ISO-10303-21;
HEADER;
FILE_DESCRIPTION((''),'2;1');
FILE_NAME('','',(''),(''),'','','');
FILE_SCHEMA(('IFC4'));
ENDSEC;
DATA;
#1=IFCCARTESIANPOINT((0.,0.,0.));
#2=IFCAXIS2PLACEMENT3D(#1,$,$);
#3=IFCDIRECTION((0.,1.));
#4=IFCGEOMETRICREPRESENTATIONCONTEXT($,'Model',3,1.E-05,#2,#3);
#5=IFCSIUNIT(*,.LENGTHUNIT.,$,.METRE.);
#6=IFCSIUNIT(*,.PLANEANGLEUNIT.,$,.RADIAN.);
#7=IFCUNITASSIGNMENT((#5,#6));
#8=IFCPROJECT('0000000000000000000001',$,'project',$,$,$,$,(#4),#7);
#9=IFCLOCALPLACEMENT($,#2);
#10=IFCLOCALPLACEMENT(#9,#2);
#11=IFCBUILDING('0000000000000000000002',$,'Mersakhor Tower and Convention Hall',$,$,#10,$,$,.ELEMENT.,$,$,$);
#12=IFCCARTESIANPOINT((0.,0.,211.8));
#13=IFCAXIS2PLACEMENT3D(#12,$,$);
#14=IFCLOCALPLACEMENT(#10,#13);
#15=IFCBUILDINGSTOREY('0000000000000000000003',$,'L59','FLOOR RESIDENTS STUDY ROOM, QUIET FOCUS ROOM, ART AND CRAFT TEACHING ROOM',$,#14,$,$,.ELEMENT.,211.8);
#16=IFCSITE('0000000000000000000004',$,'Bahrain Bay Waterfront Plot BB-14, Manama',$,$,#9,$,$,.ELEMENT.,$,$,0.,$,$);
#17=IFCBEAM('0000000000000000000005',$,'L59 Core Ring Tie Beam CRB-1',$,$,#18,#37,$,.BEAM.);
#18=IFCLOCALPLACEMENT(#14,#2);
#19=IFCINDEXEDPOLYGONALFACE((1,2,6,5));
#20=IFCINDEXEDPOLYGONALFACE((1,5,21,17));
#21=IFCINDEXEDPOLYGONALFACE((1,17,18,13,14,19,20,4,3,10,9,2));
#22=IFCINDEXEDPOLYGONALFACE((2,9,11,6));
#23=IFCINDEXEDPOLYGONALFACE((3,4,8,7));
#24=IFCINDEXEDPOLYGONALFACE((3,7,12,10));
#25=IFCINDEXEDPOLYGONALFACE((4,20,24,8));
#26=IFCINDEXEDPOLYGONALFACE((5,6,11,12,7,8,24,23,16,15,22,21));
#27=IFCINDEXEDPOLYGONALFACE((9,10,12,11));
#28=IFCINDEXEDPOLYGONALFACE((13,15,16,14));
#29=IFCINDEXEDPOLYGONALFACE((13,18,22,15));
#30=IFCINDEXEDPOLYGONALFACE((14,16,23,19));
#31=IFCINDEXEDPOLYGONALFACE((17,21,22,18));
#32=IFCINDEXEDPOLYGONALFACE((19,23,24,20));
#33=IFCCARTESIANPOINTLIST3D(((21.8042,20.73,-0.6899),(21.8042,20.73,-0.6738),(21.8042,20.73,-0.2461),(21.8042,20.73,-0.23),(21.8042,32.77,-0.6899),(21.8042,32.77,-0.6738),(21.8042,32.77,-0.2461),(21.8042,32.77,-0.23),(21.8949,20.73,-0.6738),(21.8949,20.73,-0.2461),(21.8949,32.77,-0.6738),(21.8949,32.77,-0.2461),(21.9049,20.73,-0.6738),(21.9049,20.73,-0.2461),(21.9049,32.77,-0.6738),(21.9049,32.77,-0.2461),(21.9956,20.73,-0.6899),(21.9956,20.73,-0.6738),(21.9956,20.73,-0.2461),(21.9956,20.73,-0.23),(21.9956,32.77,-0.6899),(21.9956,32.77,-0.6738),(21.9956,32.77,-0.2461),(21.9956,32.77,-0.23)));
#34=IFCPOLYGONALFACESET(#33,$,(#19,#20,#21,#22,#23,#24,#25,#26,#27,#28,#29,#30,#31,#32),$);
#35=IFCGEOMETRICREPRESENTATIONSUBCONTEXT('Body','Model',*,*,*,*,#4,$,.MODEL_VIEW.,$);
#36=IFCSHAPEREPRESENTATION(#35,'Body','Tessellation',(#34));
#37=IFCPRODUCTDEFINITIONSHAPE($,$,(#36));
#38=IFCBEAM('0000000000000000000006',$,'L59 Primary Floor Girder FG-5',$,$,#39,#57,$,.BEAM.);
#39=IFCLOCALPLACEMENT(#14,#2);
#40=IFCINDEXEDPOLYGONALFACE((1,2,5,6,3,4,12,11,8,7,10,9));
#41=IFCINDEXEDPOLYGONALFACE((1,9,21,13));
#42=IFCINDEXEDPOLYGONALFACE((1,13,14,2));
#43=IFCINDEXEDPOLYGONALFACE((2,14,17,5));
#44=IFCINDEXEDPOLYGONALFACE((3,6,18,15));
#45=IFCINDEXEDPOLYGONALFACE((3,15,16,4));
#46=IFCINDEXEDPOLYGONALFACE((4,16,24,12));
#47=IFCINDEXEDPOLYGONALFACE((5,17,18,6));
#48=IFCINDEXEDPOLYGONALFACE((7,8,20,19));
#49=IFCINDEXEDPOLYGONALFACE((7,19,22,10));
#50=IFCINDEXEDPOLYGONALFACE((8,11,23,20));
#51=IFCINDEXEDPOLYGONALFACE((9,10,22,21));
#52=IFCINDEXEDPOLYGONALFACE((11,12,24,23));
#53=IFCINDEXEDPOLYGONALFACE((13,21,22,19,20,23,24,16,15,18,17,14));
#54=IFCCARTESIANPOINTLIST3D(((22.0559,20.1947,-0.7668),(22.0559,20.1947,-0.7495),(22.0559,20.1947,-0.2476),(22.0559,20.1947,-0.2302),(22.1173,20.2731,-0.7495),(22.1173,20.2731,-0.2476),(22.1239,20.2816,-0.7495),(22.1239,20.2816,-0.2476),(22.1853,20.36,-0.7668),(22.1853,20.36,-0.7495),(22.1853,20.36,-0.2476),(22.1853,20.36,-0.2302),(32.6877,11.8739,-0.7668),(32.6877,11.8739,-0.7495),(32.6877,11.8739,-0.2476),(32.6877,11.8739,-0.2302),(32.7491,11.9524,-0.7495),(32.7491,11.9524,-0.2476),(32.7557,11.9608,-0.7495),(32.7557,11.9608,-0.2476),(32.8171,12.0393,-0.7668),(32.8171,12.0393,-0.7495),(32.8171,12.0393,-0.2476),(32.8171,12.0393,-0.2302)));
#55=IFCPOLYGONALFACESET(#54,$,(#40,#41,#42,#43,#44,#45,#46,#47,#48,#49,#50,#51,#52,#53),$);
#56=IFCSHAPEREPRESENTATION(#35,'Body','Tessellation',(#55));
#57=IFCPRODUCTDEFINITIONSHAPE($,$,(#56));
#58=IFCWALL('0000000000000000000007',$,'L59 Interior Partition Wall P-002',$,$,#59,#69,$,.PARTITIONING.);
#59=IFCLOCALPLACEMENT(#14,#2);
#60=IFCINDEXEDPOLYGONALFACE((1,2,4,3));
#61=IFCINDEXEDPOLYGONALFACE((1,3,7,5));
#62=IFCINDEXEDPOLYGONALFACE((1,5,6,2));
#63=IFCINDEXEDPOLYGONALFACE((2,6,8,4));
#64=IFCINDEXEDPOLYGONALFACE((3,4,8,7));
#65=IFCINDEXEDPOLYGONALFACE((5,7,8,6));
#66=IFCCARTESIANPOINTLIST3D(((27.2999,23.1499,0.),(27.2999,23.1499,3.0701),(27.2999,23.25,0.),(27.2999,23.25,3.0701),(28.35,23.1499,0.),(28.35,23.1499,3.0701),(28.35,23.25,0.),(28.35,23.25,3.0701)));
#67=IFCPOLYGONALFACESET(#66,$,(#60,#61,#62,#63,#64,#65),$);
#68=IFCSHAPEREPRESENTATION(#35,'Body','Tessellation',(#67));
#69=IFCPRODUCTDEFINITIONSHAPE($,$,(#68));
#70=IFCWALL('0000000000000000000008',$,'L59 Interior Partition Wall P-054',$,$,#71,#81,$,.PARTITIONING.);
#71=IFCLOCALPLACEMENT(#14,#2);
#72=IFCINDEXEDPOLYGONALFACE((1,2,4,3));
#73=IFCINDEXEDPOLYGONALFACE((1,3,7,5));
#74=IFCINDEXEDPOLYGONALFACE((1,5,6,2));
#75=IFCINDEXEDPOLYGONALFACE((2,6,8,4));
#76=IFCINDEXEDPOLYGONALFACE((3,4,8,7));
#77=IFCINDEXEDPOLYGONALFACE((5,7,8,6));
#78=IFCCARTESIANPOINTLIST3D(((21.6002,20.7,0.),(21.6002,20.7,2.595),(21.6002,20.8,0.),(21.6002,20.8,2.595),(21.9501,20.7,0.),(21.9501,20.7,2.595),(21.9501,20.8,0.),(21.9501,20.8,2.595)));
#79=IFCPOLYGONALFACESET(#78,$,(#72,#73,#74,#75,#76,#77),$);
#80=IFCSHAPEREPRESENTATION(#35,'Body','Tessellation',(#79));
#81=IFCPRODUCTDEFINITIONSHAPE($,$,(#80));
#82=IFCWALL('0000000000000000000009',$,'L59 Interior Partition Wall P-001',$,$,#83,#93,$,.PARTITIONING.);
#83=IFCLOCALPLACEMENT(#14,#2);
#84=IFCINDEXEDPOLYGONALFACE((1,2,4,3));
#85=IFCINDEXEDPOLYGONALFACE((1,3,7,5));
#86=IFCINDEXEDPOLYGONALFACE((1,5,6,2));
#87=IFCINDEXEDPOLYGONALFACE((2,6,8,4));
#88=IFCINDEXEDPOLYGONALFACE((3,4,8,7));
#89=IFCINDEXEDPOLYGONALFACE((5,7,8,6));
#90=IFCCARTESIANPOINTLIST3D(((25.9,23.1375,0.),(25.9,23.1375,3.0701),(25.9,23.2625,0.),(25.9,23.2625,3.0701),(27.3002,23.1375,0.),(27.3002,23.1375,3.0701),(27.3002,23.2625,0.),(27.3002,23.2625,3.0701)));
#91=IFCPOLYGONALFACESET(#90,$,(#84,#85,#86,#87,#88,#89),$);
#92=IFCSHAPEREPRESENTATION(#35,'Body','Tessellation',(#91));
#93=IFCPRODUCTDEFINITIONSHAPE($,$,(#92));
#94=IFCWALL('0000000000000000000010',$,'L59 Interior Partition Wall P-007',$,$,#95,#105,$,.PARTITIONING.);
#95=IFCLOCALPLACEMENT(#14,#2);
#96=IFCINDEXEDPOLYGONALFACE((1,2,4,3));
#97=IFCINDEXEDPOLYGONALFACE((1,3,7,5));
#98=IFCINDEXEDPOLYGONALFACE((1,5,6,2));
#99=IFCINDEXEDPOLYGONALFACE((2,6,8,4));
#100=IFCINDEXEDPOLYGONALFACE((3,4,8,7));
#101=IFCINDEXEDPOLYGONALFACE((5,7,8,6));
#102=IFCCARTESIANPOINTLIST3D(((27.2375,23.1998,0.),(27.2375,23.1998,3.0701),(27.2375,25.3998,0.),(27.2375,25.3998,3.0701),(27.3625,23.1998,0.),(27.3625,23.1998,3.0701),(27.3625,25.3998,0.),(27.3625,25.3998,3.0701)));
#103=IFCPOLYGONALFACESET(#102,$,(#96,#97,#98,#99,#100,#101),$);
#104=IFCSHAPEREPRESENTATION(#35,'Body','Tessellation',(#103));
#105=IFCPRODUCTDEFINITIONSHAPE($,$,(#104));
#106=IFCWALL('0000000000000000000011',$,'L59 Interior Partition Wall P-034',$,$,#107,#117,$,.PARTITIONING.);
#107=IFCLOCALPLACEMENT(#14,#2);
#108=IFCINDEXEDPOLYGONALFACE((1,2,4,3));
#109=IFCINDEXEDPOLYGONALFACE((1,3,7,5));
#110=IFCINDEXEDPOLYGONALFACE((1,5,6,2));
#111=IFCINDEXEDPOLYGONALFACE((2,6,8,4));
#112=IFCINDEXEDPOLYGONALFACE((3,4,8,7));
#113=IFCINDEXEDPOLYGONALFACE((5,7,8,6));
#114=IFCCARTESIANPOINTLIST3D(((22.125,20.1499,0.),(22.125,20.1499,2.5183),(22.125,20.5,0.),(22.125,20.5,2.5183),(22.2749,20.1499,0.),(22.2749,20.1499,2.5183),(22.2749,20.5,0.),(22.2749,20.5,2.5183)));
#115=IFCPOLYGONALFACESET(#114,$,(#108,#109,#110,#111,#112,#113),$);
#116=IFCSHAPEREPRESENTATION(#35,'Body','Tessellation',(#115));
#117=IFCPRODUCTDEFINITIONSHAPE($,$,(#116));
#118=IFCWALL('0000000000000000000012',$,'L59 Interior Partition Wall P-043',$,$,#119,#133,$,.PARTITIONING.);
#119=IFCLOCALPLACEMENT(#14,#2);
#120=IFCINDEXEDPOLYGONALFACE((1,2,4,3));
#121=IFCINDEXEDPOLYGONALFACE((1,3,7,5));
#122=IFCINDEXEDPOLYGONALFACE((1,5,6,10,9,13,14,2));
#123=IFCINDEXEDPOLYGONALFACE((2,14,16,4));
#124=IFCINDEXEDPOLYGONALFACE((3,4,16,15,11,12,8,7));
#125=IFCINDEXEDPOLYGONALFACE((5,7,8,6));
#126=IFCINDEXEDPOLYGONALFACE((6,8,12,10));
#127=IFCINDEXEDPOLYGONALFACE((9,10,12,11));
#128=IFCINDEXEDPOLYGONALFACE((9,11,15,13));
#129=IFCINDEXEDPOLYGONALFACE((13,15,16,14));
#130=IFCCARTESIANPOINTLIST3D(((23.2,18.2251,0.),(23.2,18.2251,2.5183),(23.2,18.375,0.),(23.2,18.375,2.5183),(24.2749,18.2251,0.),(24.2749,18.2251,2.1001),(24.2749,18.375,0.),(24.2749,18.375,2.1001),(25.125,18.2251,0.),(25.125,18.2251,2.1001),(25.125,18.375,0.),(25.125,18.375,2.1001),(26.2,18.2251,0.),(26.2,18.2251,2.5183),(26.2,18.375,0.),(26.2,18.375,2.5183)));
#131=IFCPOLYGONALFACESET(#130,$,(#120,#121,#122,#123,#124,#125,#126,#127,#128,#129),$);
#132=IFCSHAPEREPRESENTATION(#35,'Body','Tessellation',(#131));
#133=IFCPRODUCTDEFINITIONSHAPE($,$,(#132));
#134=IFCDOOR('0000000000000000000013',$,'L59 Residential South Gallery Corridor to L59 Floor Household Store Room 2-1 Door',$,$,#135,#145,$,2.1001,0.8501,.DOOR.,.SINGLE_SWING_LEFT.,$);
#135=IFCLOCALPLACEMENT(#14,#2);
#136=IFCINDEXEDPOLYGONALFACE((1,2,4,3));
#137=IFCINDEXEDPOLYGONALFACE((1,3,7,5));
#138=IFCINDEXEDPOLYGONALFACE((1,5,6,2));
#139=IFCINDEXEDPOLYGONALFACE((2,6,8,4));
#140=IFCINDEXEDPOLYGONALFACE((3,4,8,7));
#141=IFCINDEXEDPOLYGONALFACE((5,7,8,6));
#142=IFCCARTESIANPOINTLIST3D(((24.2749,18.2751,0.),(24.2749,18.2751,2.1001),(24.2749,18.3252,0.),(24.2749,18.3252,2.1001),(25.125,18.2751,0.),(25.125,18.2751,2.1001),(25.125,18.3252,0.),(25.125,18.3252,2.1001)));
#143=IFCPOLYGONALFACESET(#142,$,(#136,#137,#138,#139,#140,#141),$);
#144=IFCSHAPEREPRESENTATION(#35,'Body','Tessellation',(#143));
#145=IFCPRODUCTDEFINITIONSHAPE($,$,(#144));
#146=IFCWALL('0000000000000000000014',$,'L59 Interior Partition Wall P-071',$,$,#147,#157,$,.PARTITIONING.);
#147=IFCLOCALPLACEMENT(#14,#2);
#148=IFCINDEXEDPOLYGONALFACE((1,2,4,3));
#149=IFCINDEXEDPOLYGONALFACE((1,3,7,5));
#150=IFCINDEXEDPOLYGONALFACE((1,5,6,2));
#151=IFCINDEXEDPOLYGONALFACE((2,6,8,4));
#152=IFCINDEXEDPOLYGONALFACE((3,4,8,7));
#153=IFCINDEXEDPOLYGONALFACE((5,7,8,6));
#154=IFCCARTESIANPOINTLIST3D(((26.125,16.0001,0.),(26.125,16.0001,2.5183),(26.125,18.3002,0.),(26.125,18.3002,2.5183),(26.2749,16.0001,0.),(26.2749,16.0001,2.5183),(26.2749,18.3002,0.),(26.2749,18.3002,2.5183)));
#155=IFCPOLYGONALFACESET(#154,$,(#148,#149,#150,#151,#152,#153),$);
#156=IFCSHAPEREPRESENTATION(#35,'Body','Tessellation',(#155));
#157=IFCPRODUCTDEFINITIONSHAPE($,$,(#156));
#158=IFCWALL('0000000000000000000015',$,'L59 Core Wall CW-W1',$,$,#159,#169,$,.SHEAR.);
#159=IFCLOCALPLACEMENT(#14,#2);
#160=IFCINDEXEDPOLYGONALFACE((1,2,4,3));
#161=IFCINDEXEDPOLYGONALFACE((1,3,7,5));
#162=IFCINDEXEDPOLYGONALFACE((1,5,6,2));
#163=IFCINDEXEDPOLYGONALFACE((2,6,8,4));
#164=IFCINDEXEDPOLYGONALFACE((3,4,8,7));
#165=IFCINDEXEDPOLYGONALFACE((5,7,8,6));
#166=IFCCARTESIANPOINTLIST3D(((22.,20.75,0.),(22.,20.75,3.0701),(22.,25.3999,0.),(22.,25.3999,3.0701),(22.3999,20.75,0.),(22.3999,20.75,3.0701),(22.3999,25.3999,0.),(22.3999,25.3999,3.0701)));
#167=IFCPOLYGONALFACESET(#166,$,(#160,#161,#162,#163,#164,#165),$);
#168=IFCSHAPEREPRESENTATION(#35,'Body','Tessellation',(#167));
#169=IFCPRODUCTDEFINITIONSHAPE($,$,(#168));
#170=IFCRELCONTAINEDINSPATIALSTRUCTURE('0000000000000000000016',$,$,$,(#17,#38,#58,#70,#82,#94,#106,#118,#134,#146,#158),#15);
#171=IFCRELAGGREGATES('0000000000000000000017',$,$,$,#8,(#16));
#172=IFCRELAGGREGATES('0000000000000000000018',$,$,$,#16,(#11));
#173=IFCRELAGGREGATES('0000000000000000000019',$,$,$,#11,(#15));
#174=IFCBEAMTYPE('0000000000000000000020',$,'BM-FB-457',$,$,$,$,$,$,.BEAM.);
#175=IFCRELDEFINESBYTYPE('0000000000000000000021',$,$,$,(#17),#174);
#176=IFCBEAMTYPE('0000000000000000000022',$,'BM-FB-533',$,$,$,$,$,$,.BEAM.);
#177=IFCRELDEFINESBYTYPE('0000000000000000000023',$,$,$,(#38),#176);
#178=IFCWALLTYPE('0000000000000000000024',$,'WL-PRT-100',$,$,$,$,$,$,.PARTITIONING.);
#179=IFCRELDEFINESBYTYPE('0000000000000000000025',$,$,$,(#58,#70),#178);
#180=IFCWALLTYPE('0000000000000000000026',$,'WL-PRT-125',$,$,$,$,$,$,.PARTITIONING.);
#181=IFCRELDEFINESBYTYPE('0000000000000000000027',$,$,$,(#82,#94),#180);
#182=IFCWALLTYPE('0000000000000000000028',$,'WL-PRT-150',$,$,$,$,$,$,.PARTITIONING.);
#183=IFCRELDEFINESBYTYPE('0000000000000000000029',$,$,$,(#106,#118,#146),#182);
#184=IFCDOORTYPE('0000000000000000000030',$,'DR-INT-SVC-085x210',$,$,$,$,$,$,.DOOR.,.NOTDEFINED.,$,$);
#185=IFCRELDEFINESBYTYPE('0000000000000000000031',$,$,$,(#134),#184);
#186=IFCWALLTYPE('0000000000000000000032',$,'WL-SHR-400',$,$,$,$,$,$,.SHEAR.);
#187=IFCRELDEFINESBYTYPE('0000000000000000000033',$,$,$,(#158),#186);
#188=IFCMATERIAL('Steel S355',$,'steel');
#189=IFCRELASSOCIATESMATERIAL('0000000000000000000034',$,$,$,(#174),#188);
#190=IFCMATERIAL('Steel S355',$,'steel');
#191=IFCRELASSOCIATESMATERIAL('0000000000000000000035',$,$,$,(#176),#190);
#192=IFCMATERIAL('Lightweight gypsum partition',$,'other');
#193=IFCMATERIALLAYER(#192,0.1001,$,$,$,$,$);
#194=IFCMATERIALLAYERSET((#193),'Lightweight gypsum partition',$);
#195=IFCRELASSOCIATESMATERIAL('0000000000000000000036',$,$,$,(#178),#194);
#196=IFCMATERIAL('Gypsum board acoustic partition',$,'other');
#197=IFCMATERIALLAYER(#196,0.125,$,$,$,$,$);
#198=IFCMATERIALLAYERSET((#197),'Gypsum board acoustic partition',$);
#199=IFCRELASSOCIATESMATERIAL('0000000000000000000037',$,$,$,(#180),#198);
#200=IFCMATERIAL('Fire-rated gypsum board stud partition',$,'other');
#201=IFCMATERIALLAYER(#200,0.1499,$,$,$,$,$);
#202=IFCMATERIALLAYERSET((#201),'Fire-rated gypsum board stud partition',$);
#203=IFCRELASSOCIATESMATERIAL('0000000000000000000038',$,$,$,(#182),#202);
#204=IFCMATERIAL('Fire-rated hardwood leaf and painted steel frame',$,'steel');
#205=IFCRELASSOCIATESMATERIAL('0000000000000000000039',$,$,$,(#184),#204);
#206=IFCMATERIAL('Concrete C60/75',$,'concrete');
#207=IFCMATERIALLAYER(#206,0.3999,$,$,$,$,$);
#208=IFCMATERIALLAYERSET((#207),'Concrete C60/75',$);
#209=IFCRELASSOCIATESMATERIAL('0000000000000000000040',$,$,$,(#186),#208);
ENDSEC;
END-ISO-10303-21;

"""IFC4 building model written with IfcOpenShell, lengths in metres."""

from ifc_helpers import new_model, si_unit, direction, frame, frame_2d, origin, origin_2d, place, context, subcontext, project, spatial, rectangle, i_section, extrude, material, layer, layer_set, material_profile, profile_set, type_object, element, fill, save


model = new_model("IFC4")

# Units and contexts
model_context = context("Model", 3, precision=1e-05, world=origin(), true_north=direction((0.0, 1.0)))
body_context = subcontext(model_context, "Body", "Model", "MODEL_VIEW")
ifc_project = project(units=[si_unit("LENGTHUNIT", "METRE"), si_unit("PLANEANGLEUNIT", "RADIAN")], contexts=[model_context])

# Site, building, storey
site_placement = place(None, origin())
site = spatial("IfcSite", under=ifc_project, at=site_placement, Name="Bahrain Bay Waterfront Plot BB-14, Manama", CompositionType="ELEMENT", RefElevation=0.0)
building_placement = place(site_placement, origin())
building = spatial("IfcBuilding", under=site, at=building_placement, Name="Mersakhor Tower and Convention Hall", CompositionType="ELEMENT")
storey_placement = place(building_placement, frame((0.0, 0.0, 211.8)))
storey = spatial("IfcBuildingStorey", under=building, at=storey_placement, Name="L59", Description="FLOOR RESIDENTS STUDY ROOM, QUIET FOCUS ROOM, ART AND CRAFT TEACHING ROOM", CompositionType="ELEMENT", Elevation=211.8)

# Beams
ifc_material_1 = material(Name="Steel S355", Category="steel")
ifc_material_profile_1 = material_profile(ifc_material_1, i_section(OverallWidth=0.1914, OverallDepth=0.46, WebThickness=0.01, FlangeThickness=0.0161, at=origin_2d()), Name="UB 457x191x82")
ifc_profile_set_1 = profile_set([ifc_material_profile_1], Name="Steel S355")
beam_type_1 = type_object("IfcBeamType", Name="BM-FB-457", PredefinedType="BEAM", material=ifc_profile_set_1)
beam_1_placement = place(storey_placement, frame((21.8999, 20.73, -0.46), z_axis=(0.0, 1.0, 0.0), x_axis=(-1.0, 0.0, 0.0)))
element("IfcBeam", 1, at=beam_1_placement, inside=storey, type_object=beam_type_1, Name="L59 Core Ring Tie Beam CRB-1", PredefinedType="BEAM", context=body_context, shape_type="SweptSolid", body=[
    extrude(i_section(OverallWidth=0.1914, OverallDepth=0.46, WebThickness=0.01, FlangeThickness=0.0161, at=origin_2d()), origin(), (0.0, 0.0, 1.0), 12.04),
])
ifc_material_2 = material(Name="Steel S355", Category="steel")
ifc_material_profile_2 = material_profile(ifc_material_2, i_section(OverallWidth=0.21, OverallDepth=0.5366, WebThickness=0.0107, FlangeThickness=0.0173, at=origin_2d()), Name="UB 533x210x101")
ifc_profile_set_2 = profile_set([ifc_material_profile_2], Name="Steel S355")
beam_type_2 = type_object("IfcBeamType", Name="BM-FB-533", PredefinedType="BEAM", material=ifc_profile_set_2)
beam_2_placement = place(storey_placement, frame((22.1206, 20.2773, -0.4985), z_axis=(0.787497, -0.616319, 0.0), x_axis=(0.616319, 0.787497, 0.0)))
element("IfcBeam", 2, at=beam_2_placement, inside=storey, type_object=beam_type_2, Name="L59 Primary Floor Girder FG-5", PredefinedType="BEAM", context=body_context, shape_type="SweptSolid", body=[
    extrude(i_section(OverallWidth=0.21, OverallDepth=0.5366, WebThickness=0.0107, FlangeThickness=0.0173, at=origin_2d()), origin(), (0.0, 0.0, 1.0), 13.5007),
])

# Walls
ifc_material_3 = material(Name="Lightweight gypsum partition", Category="other")
ifc_layer_1 = layer(ifc_material_3, 0.1001)
ifc_layer_set_1 = layer_set([ifc_layer_1], Name="Lightweight gypsum partition")
wall_type_1 = type_object("IfcWallType", Name="WL-PRT-100", PredefinedType="PARTITIONING", material=ifc_layer_set_1)
wall_1_placement = place(storey_placement, frame((27.3, 23.2, 0.0), z_axis=(0.0, 0.0, 1.0), x_axis=(1.0, 0.0, 0.0)))
element("IfcWall", 3, at=wall_1_placement, inside=storey, type_object=wall_type_1, Name="L59 Interior Partition Wall P-002", PredefinedType="PARTITIONING", context=body_context, shape_type="SweptSolid", body=[
    extrude(rectangle(XDim=1.05, YDim=0.1001, at=frame_2d((0.5249, 0.0))), origin(), (0.0, 0.0, 1.0), 3.0701),
])
wall_2_placement = place(storey_placement, frame((21.95, 20.75, 0.0), z_axis=(0.0, 0.0, 1.0), x_axis=(-1.0, 0.0, 0.0)))
element("IfcWall", 4, at=wall_2_placement, inside=storey, type_object=wall_type_1, Name="L59 Interior Partition Wall P-054", PredefinedType="PARTITIONING", context=body_context, shape_type="SweptSolid", body=[
    extrude(rectangle(XDim=0.3499, YDim=0.1001, at=frame_2d((0.1748, 0.0))), origin(), (0.0, 0.0, 1.0), 2.595),
])
ifc_material_4 = material(Name="Gypsum board acoustic partition", Category="other")
ifc_layer_2 = layer(ifc_material_4, 0.125)
ifc_layer_set_2 = layer_set([ifc_layer_2], Name="Gypsum board acoustic partition")
wall_type_2 = type_object("IfcWallType", Name="WL-PRT-125", PredefinedType="PARTITIONING", material=ifc_layer_set_2)
wall_3_placement = place(storey_placement, frame((25.8999, 23.2, 0.0), z_axis=(0.0, 0.0, 1.0), x_axis=(1.0, 0.0, 0.0)))
element("IfcWall", 5, at=wall_3_placement, inside=storey, type_object=wall_type_2, Name="L59 Interior Partition Wall P-001", PredefinedType="PARTITIONING", context=body_context, shape_type="SweptSolid", body=[
    extrude(rectangle(XDim=1.4001, YDim=0.125, at=frame_2d((0.7002, 0.0))), origin(), (0.0, 0.0, 1.0), 3.0701),
])
wall_4_placement = place(storey_placement, frame((27.3, 25.3999, 0.0), z_axis=(0.0, 0.0, 1.0), x_axis=(0.0, -1.0, 0.0)))
element("IfcWall", 6, at=wall_4_placement, inside=storey, type_object=wall_type_2, Name="L59 Interior Partition Wall P-007", PredefinedType="PARTITIONING", context=body_context, shape_type="SweptSolid", body=[
    extrude(rectangle(XDim=2.2, YDim=0.125, at=frame_2d((1.1001, 0.0))), origin(), (0.0, 0.0, 1.0), 3.0701),
])
ifc_material_5 = material(Name="Fire-rated gypsum board stud partition", Category="other")
ifc_layer_3 = layer(ifc_material_5, 0.1499)
ifc_layer_set_3 = layer_set([ifc_layer_3], Name="Fire-rated gypsum board stud partition")
wall_type_3 = type_object("IfcWallType", Name="WL-PRT-150", PredefinedType="PARTITIONING", material=ifc_layer_set_3)
wall_5_placement = place(storey_placement, frame((22.2, 20.1499, 0.0), z_axis=(0.0, 0.0, 1.0), x_axis=(0.0, 1.0, 0.0)))
element("IfcWall", 7, at=wall_5_placement, inside=storey, type_object=wall_type_3, Name="L59 Interior Partition Wall P-034", PredefinedType="PARTITIONING", context=body_context, shape_type="SweptSolid", body=[
    extrude(rectangle(XDim=0.3501, YDim=0.1499, at=frame_2d((0.175, 0.0))), origin(), (0.0, 0.0, 1.0), 2.5183),
])

# Wall, opening, door
wall_6_placement = place(storey_placement, frame((26.2, 18.3, 0.0), z_axis=(0.0, 0.0, 1.0), x_axis=(-1.0, 0.0, 0.0)))
wall_6 = element("IfcWall", 8, at=wall_6_placement, inside=storey, type_object=wall_type_3, Name="L59 Interior Partition Wall P-043", PredefinedType="PARTITIONING", context=body_context, shape_type="SweptSolid", body=[
    extrude(rectangle(XDim=3.0, YDim=0.1499, at=frame_2d((1.5, 0.0))), origin(), (0.0, 0.0, 1.0), 2.5183),
])
opening_1_placement = place(wall_6_placement, frame((1.075, 0.0, 0.0)))
opening_1 = element("IfcOpeningElement", 9, at=opening_1_placement, cuts=wall_6, PredefinedType="OPENING", context=body_context, shape_type="SweptSolid", body=[
    extrude(rectangle(XDim=0.8501, YDim=2.1001, at=frame_2d((0.425, 1.05))), frame((0.0, 0.085, 0.0), z_axis=(0.0, -1.0, 0.0), x_axis=(1.0, 0.0, 0.0)), (0.0, 0.0, 1.0), 0.1699),
])
ifc_material_6 = material(Name="Fire-rated hardwood leaf and painted steel frame", Category="steel")
door_type_1 = type_object("IfcDoorType", Name="DR-INT-SVC-085x210", OperationType="NOTDEFINED", PredefinedType="DOOR", material=ifc_material_6)
door_1_placement = place(opening_1_placement, origin())
door_1 = element("IfcDoor", 10, at=door_1_placement, inside=storey, type_object=door_type_1, Name="L59 Residential South Gallery Corridor to L59 Floor Household Store Room 2-1 Door", OperationType="SINGLE_SWING_LEFT", OverallHeight=2.1001, OverallWidth=0.8501, PredefinedType="DOOR", context=body_context, shape_type="SweptSolid", body=[
    extrude(rectangle(XDim=0.8501, YDim=2.1001, at=frame_2d((0.425, 1.05))), frame((0.0, 0.0249, 0.0), z_axis=(0.0, -1.0, 0.0), x_axis=(1.0, 0.0, 0.0)), (0.0, 0.0, 1.0), 0.05),
])
fill(opening_1, door_1)

# Wall
wall_7_placement = place(storey_placement, frame((26.2, 18.3, 0.0), z_axis=(0.0, 0.0, 1.0), x_axis=(0.0, -1.0, 0.0)))
element("IfcWall", 11, at=wall_7_placement, inside=storey, type_object=wall_type_3, Name="L59 Interior Partition Wall P-071", PredefinedType="PARTITIONING", context=body_context, shape_type="SweptSolid", body=[
    extrude(rectangle(XDim=2.3, YDim=0.1499, at=frame_2d((1.1499, 0.0))), origin(), (0.0, 0.0, 1.0), 2.5183),
])

# Wall
ifc_material_7 = material(Name="Concrete C60/75", Category="concrete")
ifc_layer_4 = layer(ifc_material_7, 0.3999)
ifc_layer_set_4 = layer_set([ifc_layer_4], Name="Concrete C60/75")
wall_type_4 = type_object("IfcWallType", Name="WL-SHR-400", PredefinedType="SHEAR", material=ifc_layer_set_4)
wall_8_placement = place(storey_placement, frame((22.2, 20.75, 0.0), z_axis=(0.0, 0.0, 1.0), x_axis=(0.0, 1.0, 0.0)))
element("IfcWall", 12, at=wall_8_placement, inside=storey, type_object=wall_type_4, Name="L59 Core Wall CW-W1", PredefinedType="SHEAR", context=body_context, shape_type="SweptSolid", body=[
    extrude(rectangle(XDim=4.6499, YDim=0.3999, at=frame_2d((2.325, 0.0))), origin(), (0.0, 0.0, 1.0), 3.0701),
])

save(model, "model.ifc")
